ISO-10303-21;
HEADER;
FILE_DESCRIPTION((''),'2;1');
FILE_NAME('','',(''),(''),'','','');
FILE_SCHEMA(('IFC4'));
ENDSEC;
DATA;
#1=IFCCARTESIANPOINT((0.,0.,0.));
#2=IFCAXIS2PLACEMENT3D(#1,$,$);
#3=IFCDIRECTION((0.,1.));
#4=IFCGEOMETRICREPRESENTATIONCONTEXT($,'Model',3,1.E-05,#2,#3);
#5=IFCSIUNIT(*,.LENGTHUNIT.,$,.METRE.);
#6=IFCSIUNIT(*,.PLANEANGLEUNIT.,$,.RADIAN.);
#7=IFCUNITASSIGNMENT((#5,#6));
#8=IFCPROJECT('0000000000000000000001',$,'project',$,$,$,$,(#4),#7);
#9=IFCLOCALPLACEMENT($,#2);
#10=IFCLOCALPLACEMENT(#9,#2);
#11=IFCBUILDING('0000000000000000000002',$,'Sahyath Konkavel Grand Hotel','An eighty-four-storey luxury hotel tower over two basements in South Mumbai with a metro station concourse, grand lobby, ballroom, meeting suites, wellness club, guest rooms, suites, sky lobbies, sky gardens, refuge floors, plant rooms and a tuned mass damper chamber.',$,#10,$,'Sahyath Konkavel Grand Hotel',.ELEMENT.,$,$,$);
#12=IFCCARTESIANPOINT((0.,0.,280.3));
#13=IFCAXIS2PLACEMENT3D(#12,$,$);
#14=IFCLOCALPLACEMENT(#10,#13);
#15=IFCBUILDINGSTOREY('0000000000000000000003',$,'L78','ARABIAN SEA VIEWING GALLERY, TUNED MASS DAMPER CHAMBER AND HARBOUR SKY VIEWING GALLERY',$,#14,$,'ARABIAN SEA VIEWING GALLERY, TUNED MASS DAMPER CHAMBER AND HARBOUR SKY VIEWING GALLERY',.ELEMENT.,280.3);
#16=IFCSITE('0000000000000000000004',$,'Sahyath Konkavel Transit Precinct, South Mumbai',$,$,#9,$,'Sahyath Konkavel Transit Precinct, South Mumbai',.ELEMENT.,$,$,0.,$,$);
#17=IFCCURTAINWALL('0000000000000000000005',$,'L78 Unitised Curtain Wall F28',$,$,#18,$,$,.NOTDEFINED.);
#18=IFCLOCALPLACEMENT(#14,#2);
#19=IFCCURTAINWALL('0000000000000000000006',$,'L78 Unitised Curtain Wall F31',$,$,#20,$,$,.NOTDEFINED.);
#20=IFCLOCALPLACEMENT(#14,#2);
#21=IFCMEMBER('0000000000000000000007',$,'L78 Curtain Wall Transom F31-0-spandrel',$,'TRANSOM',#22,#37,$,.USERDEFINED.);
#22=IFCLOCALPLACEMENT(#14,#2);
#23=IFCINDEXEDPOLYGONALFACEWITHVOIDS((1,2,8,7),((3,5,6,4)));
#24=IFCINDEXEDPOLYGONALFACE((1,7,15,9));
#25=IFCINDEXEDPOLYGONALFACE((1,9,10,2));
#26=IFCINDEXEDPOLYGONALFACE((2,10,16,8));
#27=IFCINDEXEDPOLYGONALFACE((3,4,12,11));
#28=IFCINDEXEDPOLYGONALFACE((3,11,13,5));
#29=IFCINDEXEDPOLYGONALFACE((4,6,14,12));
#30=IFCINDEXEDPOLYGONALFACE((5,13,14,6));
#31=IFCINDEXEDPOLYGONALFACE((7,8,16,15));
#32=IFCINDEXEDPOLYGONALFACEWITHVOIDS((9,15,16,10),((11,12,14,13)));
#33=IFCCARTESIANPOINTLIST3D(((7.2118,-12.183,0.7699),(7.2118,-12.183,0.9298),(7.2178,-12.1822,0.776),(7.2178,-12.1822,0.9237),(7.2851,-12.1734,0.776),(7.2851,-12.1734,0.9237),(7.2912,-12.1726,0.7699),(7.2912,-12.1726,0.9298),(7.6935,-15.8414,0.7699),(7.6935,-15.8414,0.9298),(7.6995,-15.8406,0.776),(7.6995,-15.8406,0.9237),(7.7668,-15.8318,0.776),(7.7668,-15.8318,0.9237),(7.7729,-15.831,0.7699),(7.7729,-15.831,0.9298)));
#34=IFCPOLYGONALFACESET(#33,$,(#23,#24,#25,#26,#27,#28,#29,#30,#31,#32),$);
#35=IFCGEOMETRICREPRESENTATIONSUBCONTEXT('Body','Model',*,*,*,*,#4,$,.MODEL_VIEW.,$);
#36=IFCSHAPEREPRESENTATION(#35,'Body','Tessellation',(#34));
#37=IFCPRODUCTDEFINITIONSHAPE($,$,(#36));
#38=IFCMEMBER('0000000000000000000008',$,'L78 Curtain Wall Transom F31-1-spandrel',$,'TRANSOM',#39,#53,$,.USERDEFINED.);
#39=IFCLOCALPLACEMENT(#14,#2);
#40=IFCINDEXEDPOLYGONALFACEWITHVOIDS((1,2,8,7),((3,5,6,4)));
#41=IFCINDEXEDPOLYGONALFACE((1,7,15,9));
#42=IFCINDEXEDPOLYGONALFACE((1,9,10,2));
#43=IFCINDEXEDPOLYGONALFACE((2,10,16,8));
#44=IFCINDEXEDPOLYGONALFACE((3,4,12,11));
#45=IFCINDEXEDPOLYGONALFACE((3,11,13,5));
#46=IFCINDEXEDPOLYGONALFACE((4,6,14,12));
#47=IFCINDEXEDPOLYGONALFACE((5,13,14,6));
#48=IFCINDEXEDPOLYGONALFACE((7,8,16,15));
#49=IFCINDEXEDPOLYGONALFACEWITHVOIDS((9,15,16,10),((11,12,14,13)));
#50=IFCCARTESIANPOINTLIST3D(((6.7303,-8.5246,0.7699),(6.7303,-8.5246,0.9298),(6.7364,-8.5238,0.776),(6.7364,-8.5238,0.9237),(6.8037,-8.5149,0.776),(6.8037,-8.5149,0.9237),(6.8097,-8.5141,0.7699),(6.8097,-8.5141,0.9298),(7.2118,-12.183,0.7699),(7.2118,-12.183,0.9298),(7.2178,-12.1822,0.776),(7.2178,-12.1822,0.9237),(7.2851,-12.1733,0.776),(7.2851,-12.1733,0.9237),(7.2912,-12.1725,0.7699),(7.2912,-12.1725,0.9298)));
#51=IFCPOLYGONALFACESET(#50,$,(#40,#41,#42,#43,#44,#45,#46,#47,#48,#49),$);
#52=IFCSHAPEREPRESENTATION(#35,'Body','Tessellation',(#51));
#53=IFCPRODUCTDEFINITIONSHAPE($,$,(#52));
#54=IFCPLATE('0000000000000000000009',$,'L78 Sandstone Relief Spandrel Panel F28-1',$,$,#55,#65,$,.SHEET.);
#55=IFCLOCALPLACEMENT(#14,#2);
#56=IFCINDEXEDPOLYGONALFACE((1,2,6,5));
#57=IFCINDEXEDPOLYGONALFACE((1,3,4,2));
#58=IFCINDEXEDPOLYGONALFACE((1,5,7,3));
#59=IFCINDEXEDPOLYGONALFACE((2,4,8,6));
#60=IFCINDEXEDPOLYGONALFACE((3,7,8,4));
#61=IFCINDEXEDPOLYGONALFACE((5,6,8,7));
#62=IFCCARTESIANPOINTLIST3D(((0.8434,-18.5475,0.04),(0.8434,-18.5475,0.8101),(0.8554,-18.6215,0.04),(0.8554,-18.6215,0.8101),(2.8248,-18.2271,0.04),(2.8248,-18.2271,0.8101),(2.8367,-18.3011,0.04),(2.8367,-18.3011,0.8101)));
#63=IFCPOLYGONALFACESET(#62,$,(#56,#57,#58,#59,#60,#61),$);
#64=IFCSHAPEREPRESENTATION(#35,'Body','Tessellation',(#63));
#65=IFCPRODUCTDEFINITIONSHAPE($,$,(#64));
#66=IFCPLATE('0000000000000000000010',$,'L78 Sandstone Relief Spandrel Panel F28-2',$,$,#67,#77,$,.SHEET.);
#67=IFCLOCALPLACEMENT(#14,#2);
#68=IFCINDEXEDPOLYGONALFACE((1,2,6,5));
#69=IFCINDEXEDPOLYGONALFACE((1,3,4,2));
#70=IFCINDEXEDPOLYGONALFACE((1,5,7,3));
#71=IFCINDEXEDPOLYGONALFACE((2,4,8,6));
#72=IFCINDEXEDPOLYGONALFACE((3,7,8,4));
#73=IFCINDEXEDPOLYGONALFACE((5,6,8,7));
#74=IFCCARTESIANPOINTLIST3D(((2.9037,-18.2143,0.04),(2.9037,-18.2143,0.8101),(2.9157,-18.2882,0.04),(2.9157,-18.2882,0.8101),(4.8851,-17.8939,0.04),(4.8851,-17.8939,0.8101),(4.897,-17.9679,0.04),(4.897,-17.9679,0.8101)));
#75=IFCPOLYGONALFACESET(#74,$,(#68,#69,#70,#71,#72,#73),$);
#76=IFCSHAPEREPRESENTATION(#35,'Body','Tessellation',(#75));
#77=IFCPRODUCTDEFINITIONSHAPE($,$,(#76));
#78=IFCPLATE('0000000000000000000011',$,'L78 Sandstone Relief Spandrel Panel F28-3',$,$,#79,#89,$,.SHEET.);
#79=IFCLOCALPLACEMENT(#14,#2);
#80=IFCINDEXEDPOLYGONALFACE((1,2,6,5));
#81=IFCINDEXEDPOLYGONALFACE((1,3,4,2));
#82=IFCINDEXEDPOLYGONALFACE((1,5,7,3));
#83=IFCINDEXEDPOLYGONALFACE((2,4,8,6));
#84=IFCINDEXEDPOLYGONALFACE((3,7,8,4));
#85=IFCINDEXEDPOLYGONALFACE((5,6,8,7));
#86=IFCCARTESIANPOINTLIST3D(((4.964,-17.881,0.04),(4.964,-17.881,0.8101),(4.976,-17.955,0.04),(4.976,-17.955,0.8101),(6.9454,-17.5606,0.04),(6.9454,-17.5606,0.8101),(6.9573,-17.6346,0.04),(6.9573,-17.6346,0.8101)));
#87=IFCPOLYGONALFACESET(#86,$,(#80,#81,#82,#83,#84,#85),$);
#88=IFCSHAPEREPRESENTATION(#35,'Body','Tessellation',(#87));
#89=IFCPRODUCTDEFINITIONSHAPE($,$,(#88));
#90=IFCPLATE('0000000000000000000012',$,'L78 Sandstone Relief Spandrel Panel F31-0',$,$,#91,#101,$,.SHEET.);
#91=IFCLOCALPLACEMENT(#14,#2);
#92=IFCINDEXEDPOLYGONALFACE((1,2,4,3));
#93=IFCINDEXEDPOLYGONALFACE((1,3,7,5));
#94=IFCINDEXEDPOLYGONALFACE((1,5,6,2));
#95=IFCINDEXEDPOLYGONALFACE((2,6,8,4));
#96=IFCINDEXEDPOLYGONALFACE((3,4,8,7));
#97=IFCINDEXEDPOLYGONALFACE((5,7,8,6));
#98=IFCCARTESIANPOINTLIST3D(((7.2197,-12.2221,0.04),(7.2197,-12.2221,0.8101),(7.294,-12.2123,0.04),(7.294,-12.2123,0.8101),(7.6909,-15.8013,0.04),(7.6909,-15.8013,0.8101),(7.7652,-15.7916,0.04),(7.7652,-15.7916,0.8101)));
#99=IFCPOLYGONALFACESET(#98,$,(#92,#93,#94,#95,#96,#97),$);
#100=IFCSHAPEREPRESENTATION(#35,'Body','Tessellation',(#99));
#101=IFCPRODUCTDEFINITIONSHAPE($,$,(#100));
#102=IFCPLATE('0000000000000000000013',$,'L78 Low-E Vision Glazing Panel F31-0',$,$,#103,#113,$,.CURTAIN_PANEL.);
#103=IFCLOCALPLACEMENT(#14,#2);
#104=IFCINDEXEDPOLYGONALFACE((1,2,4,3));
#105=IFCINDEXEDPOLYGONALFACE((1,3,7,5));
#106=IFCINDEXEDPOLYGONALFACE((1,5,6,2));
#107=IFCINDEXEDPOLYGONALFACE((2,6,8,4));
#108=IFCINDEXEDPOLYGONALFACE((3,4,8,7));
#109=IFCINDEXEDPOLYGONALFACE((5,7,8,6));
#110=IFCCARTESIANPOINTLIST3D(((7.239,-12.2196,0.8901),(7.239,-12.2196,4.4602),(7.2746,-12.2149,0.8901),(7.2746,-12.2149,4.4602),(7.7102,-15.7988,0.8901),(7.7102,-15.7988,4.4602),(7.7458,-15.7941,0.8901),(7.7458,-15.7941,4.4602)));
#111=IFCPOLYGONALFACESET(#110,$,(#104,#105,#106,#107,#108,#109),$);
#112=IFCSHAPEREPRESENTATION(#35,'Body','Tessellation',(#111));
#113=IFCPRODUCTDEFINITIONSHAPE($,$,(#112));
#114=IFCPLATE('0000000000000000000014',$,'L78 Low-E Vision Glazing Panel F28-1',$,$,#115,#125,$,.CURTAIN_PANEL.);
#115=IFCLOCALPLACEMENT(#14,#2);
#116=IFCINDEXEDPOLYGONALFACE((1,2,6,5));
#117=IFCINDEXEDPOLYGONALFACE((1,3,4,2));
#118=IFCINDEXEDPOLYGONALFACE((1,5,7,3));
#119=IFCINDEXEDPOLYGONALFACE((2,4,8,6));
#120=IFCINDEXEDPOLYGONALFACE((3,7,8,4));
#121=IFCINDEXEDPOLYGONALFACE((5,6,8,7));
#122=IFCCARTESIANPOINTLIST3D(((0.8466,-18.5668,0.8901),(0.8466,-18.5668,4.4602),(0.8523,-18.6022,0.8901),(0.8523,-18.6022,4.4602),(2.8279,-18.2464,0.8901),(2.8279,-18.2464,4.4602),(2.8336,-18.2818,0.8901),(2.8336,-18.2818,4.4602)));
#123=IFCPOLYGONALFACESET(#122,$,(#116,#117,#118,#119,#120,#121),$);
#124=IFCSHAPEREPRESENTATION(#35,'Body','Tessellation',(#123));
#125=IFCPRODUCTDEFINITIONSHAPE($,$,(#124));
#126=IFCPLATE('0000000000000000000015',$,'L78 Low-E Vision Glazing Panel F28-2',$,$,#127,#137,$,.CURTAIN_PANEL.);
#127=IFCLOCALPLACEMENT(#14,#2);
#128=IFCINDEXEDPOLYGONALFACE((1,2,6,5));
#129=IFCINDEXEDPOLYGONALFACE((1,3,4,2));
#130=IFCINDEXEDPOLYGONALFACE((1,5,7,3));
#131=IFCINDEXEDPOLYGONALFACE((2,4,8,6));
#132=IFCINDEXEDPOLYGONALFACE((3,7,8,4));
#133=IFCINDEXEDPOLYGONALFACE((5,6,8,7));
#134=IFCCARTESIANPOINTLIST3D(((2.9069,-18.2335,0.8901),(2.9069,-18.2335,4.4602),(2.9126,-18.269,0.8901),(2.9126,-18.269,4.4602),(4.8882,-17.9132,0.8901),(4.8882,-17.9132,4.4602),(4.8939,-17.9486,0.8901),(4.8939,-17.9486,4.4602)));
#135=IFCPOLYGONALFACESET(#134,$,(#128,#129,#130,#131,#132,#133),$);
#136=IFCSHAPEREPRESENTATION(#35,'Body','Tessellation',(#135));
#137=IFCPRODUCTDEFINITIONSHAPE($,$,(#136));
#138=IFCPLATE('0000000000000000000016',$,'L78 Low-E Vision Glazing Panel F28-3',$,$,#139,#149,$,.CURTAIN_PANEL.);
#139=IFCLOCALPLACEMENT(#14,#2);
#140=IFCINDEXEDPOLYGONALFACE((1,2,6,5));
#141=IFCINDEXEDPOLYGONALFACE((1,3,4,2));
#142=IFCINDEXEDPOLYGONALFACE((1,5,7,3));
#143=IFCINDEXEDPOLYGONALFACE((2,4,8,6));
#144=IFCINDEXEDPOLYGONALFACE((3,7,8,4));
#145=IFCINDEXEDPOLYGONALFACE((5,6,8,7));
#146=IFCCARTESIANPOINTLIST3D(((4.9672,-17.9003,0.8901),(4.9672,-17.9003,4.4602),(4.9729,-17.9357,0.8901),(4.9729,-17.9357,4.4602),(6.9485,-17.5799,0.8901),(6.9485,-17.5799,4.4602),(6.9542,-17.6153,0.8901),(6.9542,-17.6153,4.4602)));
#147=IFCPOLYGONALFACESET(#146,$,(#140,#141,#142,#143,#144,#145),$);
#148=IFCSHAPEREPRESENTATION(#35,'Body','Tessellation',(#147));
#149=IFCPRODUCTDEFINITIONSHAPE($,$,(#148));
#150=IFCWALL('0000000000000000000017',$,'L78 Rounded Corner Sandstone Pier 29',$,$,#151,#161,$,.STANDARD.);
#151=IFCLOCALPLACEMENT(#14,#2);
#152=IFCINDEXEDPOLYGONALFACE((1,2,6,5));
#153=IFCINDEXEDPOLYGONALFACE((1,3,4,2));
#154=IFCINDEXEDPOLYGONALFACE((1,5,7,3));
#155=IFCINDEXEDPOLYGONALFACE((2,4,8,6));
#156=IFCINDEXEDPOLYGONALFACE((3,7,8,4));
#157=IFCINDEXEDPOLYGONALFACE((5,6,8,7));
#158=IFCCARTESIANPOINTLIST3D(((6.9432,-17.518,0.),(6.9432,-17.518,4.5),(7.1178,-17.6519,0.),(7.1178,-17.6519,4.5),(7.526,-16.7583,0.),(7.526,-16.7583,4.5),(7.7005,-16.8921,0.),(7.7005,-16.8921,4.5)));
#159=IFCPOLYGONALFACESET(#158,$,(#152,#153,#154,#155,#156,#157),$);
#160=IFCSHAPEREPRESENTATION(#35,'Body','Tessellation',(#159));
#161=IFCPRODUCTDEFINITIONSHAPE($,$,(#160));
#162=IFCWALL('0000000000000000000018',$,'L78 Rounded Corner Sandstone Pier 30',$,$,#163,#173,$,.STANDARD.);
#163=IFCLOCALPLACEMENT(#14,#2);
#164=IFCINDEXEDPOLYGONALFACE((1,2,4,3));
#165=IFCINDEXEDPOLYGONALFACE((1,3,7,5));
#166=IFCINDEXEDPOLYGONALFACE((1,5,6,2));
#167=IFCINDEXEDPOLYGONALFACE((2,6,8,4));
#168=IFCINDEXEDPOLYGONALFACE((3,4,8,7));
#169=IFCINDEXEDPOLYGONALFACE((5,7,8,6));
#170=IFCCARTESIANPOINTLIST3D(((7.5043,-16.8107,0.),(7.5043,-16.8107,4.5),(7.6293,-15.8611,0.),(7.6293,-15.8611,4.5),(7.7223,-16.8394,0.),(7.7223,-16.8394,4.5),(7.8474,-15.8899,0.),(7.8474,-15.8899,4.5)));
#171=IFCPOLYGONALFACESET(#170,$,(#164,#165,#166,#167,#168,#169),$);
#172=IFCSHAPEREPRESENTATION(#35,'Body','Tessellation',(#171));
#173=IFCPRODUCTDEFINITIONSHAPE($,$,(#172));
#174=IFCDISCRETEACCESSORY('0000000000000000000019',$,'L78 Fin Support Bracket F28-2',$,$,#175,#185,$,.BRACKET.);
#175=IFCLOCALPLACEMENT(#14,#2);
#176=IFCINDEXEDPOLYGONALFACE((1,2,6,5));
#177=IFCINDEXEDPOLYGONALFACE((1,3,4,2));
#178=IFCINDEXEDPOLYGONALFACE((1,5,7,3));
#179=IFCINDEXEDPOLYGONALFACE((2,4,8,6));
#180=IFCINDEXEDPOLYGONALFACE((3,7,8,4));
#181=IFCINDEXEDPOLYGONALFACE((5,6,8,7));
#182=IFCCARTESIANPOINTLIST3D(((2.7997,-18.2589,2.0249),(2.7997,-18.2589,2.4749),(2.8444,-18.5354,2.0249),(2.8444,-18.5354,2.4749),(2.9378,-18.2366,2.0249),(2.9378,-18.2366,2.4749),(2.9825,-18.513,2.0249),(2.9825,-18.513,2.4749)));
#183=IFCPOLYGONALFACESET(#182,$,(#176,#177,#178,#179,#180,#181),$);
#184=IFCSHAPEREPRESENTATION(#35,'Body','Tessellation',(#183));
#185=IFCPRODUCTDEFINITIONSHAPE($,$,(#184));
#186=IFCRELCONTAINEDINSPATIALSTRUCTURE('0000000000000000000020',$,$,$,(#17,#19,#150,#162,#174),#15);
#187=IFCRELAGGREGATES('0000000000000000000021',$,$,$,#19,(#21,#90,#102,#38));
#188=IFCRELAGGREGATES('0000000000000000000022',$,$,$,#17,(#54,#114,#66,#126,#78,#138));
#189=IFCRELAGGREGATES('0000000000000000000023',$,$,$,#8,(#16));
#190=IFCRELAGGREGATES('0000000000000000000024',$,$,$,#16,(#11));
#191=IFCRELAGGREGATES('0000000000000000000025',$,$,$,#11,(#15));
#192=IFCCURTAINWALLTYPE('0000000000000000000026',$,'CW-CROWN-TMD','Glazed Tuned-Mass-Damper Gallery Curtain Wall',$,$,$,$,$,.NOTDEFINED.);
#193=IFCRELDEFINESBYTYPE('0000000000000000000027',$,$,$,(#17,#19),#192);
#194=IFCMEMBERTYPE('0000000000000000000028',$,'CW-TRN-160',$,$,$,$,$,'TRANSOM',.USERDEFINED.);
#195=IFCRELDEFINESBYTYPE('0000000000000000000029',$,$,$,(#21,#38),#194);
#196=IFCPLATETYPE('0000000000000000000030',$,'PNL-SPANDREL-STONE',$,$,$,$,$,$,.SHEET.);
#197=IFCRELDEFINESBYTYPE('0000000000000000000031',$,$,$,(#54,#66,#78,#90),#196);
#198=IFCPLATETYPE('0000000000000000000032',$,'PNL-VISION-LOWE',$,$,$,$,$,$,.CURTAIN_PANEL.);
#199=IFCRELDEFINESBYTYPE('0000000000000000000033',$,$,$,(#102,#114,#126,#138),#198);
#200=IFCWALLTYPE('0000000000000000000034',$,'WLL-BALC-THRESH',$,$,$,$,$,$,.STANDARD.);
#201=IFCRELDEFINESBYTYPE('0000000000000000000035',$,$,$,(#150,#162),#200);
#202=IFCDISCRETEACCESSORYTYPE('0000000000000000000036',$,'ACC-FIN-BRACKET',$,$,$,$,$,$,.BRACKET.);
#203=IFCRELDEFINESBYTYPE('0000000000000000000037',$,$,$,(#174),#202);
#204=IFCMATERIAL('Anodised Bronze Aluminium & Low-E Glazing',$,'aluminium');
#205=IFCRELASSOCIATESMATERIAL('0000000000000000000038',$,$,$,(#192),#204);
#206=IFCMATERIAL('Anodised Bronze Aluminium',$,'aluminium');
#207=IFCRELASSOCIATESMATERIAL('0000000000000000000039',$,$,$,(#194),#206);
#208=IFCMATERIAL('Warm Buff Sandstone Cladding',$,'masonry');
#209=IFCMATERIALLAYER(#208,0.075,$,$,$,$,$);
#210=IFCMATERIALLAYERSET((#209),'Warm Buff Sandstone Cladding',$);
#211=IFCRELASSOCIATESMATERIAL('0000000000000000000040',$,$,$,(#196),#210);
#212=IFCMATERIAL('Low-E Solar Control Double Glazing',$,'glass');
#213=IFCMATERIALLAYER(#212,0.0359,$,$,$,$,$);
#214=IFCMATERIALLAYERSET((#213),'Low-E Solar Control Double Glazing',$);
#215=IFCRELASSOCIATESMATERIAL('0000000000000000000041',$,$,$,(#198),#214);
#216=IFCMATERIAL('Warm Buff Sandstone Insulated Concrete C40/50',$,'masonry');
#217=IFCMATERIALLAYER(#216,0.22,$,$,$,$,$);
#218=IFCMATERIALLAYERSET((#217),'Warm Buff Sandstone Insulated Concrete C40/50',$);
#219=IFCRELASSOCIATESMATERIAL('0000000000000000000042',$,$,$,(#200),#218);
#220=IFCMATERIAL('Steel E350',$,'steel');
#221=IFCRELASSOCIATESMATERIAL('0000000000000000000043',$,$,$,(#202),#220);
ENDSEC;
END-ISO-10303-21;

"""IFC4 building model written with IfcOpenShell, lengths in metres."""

from ifc_helpers import new_model, si_unit, direction, frame, frame_2d, origin, origin_2d, place, context, subcontext, project, spatial, rectangle, hollow_rectangle, extrude, source, transform, mapped, material, layer, layer_set, material_profile, profile_set, type_object, element, aggregate, save


model = new_model("IFC4")

# Units and contexts
model_context = context("Model", 3, precision=1e-05, world=origin(), true_north=direction((0.0, 1.0)))
body_context = subcontext(model_context, "Body", "Model", "MODEL_VIEW")
ifc_project = project(units=[si_unit("LENGTHUNIT", "METRE"), si_unit("PLANEANGLEUNIT", "RADIAN")], contexts=[model_context])

# Site, building, storey
site_placement = place(None, origin())
site = spatial("IfcSite", under=ifc_project, at=site_placement, Name="Sahyath Konkavel Transit Precinct, South Mumbai", LongName="Sahyath Konkavel Transit Precinct, South Mumbai", CompositionType="ELEMENT", RefElevation=0.0)
building_placement = place(site_placement, origin())
building = spatial("IfcBuilding", under=site, at=building_placement, Name="Sahyath Konkavel Grand Hotel", Description="An eighty-four-storey luxury hotel tower over two basements in South Mumbai with a metro station concourse, grand lobby, ballroom, meeting suites, wellness club, guest rooms, suites, sky lobbies, sky gardens, refuge floors, plant rooms and a tuned mass damper chamber.", LongName="Sahyath Konkavel Grand Hotel", CompositionType="ELEMENT")
storey_placement = place(building_placement, frame((0.0, 0.0, 280.3)))
storey = spatial("IfcBuildingStorey", under=building, at=storey_placement, Name="L78", Description="ARABIAN SEA VIEWING GALLERY, TUNED MASS DAMPER CHAMBER AND HARBOUR SKY VIEWING GALLERY", LongName="ARABIAN SEA VIEWING GALLERY, TUNED MASS DAMPER CHAMBER AND HARBOUR SKY VIEWING GALLERY", CompositionType="ELEMENT", Elevation=280.3)

# Curtain walls
ifc_material_1 = material(Name="Anodised Bronze Aluminium & Low-E Glazing", Category="aluminium")
curtain_wall_type = type_object("IfcCurtainWallType", Name="CW-CROWN-TMD", Description="Glazed Tuned-Mass-Damper Gallery Curtain Wall", PredefinedType="NOTDEFINED", material=ifc_material_1)
curtain_wall_1_placement = place(storey_placement, origin())
curtain_wall_1 = element("IfcCurtainWall", 1, at=curtain_wall_1_placement, inside=storey, type_object=curtain_wall_type, Name="L78 Unitised Curtain Wall F28", PredefinedType="NOTDEFINED")
ifc_material_2 = material(Name="Anodised Bronze Aluminium", Category="aluminium")
ifc_material_profile_1 = material_profile(ifc_material_2, hollow_rectangle(XDim=0.0801, YDim=0.1599, WallThickness=0.0061, at=origin_2d()), Name="RHS 160x80x6")
ifc_profile_set_1 = profile_set([ifc_material_profile_1], Name="Anodised Bronze Aluminium")
member_type_1 = type_object("IfcMemberType", Name="CW-TRN-160", ElementType="TRANSOM", PredefinedType="USERDEFINED", material=ifc_profile_set_1)
curtain_wall_2_placement = place(storey_placement, origin())
curtain_wall_2 = element("IfcCurtainWall", 2, at=curtain_wall_2_placement, inside=storey, type_object=curtain_wall_type, Name="L78 Unitised Curtain Wall F31", PredefinedType="NOTDEFINED")

# Members
shared_shape_1 = source(origin(), body_context, "Body", "SweptSolid", [
    extrude(hollow_rectangle(XDim=0.0801, YDim=0.1599, WallThickness=0.0061, at=origin_2d()), origin(), (0.0, 0.0, 1.0), 3.6899),
])
member_1_placement = place(storey_placement, frame((7.7332, -15.8362, 0.8499), z_axis=(-0.130538, 0.991443, 0.0), x_axis=(-0.991443, -0.130538, 0.0)))
member_1 = element("IfcMember", 3, at=member_1_placement, type_object=member_type_1, Name="L78 Curtain Wall Transom F31-0-spandrel", ObjectType="TRANSOM", PredefinedType="USERDEFINED", context=body_context, shape_type="MappedRepresentation", body=[
    mapped(shared_shape_1, transform((0.0, 0.0, 0.0), scale=1.0)),
])
member_2_placement = place(storey_placement, frame((7.2515, -12.1777, 0.8499), z_axis=(-0.130473, 0.991452, 0.0), x_axis=(-0.991452, -0.130473, 0.0)))
member_2 = element("IfcMember", 4, at=member_2_placement, type_object=member_type_1, Name="L78 Curtain Wall Transom F31-1-spandrel", ObjectType="TRANSOM", PredefinedType="USERDEFINED", context=body_context, shape_type="MappedRepresentation", body=[
    mapped(shared_shape_1, transform((0.0, 0.0, 0.0), scale=1.0)),
])

# Plates
ifc_material_3 = material(Name="Warm Buff Sandstone Cladding", Category="masonry")
ifc_layer_1 = layer(ifc_material_3, 0.075)
ifc_layer_set_1 = layer_set([ifc_layer_1], Name="Warm Buff Sandstone Cladding")
plate_type_1 = type_object("IfcPlateType", Name="PNL-SPANDREL-STONE", PredefinedType="SHEET", material=ifc_layer_set_1)
shared_shape_2 = source(origin(), body_context, "Body", "SweptSolid", [
    extrude(rectangle(XDim=2.0071, YDim=0.075, at=origin_2d()), origin(), (0.0, 0.0, 1.0), 0.77),
])
plate_1_placement = place(storey_placement, frame((1.8401, -18.4243, 0.04), z_axis=(0.0, 0.0, 1.0), x_axis=(0.987178, 0.159623, 0.0)))
plate_1 = element("IfcPlate", 5, at=plate_1_placement, type_object=plate_type_1, Name="L78 Sandstone Relief Spandrel Panel F28-1", PredefinedType="SHEET", context=body_context, shape_type="MappedRepresentation", body=[
    mapped(shared_shape_2, transform((0.0, 0.0, 0.0), scale=1.0)),
])
plate_2_placement = place(storey_placement, frame((3.9004, -18.0911, 0.04), z_axis=(0.0, 0.0, 1.0), x_axis=(0.987178, 0.159623, 0.0)))
plate_2 = element("IfcPlate", 6, at=plate_2_placement, type_object=plate_type_1, Name="L78 Sandstone Relief Spandrel Panel F28-2", PredefinedType="SHEET", context=body_context, shape_type="MappedRepresentation", body=[
    mapped(shared_shape_2, transform((0.0, 0.0, 0.0), scale=1.0)),
])
plate_3_placement = place(storey_placement, frame((5.9607, -17.7578, 0.04), z_axis=(0.0, 0.0, 1.0), x_axis=(0.987178, 0.159623, 0.0)))
plate_3 = element("IfcPlate", 7, at=plate_3_placement, type_object=plate_type_1, Name="L78 Sandstone Relief Spandrel Panel F28-3", PredefinedType="SHEET", context=body_context, shape_type="MappedRepresentation", body=[
    mapped(shared_shape_2, transform((0.0, 0.0, 0.0), scale=1.0)),
])
shared_shape_3 = source(origin(), body_context, "Body", "SweptSolid", [
    extrude(rectangle(XDim=3.6101, YDim=0.075, at=origin_2d()), origin(), (0.0, 0.0, 1.0), 0.77),
])
plate_4_placement = place(storey_placement, frame((7.4924, -14.0068, 0.04), z_axis=(0.0, 0.0, 1.0), x_axis=(-0.130526, 0.991445, 0.0)))
plate_4 = element("IfcPlate", 8, at=plate_4_placement, type_object=plate_type_1, Name="L78 Sandstone Relief Spandrel Panel F31-0", PredefinedType="SHEET", context=body_context, shape_type="MappedRepresentation", body=[
    mapped(shared_shape_3, transform((0.0, 0.0, 0.0), scale=1.0)),
])
ifc_material_4 = material(Name="Low-E Solar Control Double Glazing", Category="glass")
ifc_layer_2 = layer(ifc_material_4, 0.0359)
ifc_layer_set_2 = layer_set([ifc_layer_2], Name="Low-E Solar Control Double Glazing")
plate_type_2 = type_object("IfcPlateType", Name="PNL-VISION-LOWE", PredefinedType="CURTAIN_PANEL", material=ifc_layer_set_2)
shared_shape_4 = source(origin(), body_context, "Body", "SweptSolid", [
    extrude(rectangle(XDim=3.6101, YDim=0.0359, at=origin_2d()), origin(), (0.0, 0.0, 1.0), 3.5701),
])
plate_5_placement = place(storey_placement, frame((7.4924, -14.0068, 0.8901), z_axis=(0.0, 0.0, 1.0), x_axis=(-0.130526, 0.991445, 0.0)))
plate_5 = element("IfcPlate", 9, at=plate_5_placement, type_object=plate_type_2, Name="L78 Low-E Vision Glazing Panel F31-0", PredefinedType="CURTAIN_PANEL", context=body_context, shape_type="MappedRepresentation", body=[
    mapped(shared_shape_4, transform((0.0, 0.0, 0.0), scale=1.0)),
])
aggregate(curtain_wall_2, [member_1, plate_4, plate_5, member_2])
shared_shape_5 = source(origin(), body_context, "Body", "SweptSolid", [
    extrude(rectangle(XDim=2.0071, YDim=0.0359, at=origin_2d()), origin(), (0.0, 0.0, 1.0), 3.5701),
])
plate_6_placement = place(storey_placement, frame((1.8401, -18.4243, 0.8901), z_axis=(0.0, 0.0, 1.0), x_axis=(0.987178, 0.159623, 0.0)))
plate_6 = element("IfcPlate", 10, at=plate_6_placement, type_object=plate_type_2, Name="L78 Low-E Vision Glazing Panel F28-1", PredefinedType="CURTAIN_PANEL", context=body_context, shape_type="MappedRepresentation", body=[
    mapped(shared_shape_5, transform((0.0, 0.0, 0.0), scale=1.0)),
])
plate_7_placement = place(storey_placement, frame((3.9004, -18.0911, 0.8901), z_axis=(0.0, 0.0, 1.0), x_axis=(0.987178, 0.159623, 0.0)))
plate_7 = element("IfcPlate", 11, at=plate_7_placement, type_object=plate_type_2, Name="L78 Low-E Vision Glazing Panel F28-2", PredefinedType="CURTAIN_PANEL", context=body_context, shape_type="MappedRepresentation", body=[
    mapped(shared_shape_5, transform((0.0, 0.0, 0.0), scale=1.0)),
])
plate_8_placement = place(storey_placement, frame((5.9607, -17.7578, 0.8901), z_axis=(0.0, 0.0, 1.0), x_axis=(0.987178, 0.159623, 0.0)))
plate_8 = element("IfcPlate", 12, at=plate_8_placement, type_object=plate_type_2, Name="L78 Low-E Vision Glazing Panel F28-3", PredefinedType="CURTAIN_PANEL", context=body_context, shape_type="MappedRepresentation", body=[
    mapped(shared_shape_5, transform((0.0, 0.0, 0.0), scale=1.0)),
])
aggregate(curtain_wall_1, [plate_1, plate_6, plate_2, plate_7, plate_3, plate_8])

# Walls
ifc_material_5 = material(Name="Warm Buff Sandstone Insulated Concrete C40/50", Category="masonry")
ifc_layer_3 = layer(ifc_material_5, 0.22)
ifc_layer_set_3 = layer_set([ifc_layer_3], Name="Warm Buff Sandstone Insulated Concrete C40/50")
wall_type = type_object("IfcWallType", Name="WLL-BALC-THRESH", PredefinedType="STANDARD", material=ifc_layer_set_3)
wall_1_placement = place(storey_placement, frame((7.0305, -17.585, 0.0), z_axis=(0.0, 0.0, 1.0), x_axis=(0.608614, 0.793467, 0.0)))
element("IfcWall", 13, at=wall_1_placement, inside=storey, type_object=wall_type, Name="L78 Rounded Corner Sandstone Pier 29", PredefinedType="STANDARD", context=body_context, shape_type="SweptSolid", body=[
    extrude(rectangle(XDim=0.9575, YDim=0.22, at=frame_2d((0.4788, 0.0))), origin(), (0.0, 0.0, 1.0), 4.5),
])
wall_2_placement = place(storey_placement, frame((7.6133, -16.8252, 0.0), z_axis=(0.0, 0.0, 1.0), x_axis=(0.130527, 0.991445, 0.0)))
element("IfcWall", 14, at=wall_2_placement, inside=storey, type_object=wall_type, Name="L78 Rounded Corner Sandstone Pier 30", PredefinedType="STANDARD", context=body_context, shape_type="SweptSolid", body=[
    extrude(rectangle(XDim=0.9578, YDim=0.22, at=frame_2d((0.479, 0.0))), origin(), (0.0, 0.0, 1.0), 4.5),
])

# Discrete accessory
ifc_material_6 = material(Name="Steel E350", Category="steel")
discrete_accessory_type = type_object("IfcDiscreteAccessoryType", Name="ACC-FIN-BRACKET", PredefinedType="BRACKET", material=ifc_material_6)
shared_shape_6 = source(origin(), body_context, "Body", "SweptSolid", [
    extrude(rectangle(XDim=0.28, YDim=0.1399, at=origin_2d()), origin(), (0.0, 0.0, 1.0), 0.45),
])
discrete_accessory_placement = place(storey_placement, frame((2.8911, -18.386, 2.0249), z_axis=(0.0, 0.0, 1.0), x_axis=(0.159623, -0.987178, 0.0)))
element("IfcDiscreteAccessory", 15, at=discrete_accessory_placement, inside=storey, type_object=discrete_accessory_type, Name="L78 Fin Support Bracket F28-2", PredefinedType="BRACKET", context=body_context, shape_type="MappedRepresentation", body=[
    mapped(shared_shape_6, transform((0.0, 0.0, 0.0), scale=1.0)),
])

save(model, "model.ifc")
